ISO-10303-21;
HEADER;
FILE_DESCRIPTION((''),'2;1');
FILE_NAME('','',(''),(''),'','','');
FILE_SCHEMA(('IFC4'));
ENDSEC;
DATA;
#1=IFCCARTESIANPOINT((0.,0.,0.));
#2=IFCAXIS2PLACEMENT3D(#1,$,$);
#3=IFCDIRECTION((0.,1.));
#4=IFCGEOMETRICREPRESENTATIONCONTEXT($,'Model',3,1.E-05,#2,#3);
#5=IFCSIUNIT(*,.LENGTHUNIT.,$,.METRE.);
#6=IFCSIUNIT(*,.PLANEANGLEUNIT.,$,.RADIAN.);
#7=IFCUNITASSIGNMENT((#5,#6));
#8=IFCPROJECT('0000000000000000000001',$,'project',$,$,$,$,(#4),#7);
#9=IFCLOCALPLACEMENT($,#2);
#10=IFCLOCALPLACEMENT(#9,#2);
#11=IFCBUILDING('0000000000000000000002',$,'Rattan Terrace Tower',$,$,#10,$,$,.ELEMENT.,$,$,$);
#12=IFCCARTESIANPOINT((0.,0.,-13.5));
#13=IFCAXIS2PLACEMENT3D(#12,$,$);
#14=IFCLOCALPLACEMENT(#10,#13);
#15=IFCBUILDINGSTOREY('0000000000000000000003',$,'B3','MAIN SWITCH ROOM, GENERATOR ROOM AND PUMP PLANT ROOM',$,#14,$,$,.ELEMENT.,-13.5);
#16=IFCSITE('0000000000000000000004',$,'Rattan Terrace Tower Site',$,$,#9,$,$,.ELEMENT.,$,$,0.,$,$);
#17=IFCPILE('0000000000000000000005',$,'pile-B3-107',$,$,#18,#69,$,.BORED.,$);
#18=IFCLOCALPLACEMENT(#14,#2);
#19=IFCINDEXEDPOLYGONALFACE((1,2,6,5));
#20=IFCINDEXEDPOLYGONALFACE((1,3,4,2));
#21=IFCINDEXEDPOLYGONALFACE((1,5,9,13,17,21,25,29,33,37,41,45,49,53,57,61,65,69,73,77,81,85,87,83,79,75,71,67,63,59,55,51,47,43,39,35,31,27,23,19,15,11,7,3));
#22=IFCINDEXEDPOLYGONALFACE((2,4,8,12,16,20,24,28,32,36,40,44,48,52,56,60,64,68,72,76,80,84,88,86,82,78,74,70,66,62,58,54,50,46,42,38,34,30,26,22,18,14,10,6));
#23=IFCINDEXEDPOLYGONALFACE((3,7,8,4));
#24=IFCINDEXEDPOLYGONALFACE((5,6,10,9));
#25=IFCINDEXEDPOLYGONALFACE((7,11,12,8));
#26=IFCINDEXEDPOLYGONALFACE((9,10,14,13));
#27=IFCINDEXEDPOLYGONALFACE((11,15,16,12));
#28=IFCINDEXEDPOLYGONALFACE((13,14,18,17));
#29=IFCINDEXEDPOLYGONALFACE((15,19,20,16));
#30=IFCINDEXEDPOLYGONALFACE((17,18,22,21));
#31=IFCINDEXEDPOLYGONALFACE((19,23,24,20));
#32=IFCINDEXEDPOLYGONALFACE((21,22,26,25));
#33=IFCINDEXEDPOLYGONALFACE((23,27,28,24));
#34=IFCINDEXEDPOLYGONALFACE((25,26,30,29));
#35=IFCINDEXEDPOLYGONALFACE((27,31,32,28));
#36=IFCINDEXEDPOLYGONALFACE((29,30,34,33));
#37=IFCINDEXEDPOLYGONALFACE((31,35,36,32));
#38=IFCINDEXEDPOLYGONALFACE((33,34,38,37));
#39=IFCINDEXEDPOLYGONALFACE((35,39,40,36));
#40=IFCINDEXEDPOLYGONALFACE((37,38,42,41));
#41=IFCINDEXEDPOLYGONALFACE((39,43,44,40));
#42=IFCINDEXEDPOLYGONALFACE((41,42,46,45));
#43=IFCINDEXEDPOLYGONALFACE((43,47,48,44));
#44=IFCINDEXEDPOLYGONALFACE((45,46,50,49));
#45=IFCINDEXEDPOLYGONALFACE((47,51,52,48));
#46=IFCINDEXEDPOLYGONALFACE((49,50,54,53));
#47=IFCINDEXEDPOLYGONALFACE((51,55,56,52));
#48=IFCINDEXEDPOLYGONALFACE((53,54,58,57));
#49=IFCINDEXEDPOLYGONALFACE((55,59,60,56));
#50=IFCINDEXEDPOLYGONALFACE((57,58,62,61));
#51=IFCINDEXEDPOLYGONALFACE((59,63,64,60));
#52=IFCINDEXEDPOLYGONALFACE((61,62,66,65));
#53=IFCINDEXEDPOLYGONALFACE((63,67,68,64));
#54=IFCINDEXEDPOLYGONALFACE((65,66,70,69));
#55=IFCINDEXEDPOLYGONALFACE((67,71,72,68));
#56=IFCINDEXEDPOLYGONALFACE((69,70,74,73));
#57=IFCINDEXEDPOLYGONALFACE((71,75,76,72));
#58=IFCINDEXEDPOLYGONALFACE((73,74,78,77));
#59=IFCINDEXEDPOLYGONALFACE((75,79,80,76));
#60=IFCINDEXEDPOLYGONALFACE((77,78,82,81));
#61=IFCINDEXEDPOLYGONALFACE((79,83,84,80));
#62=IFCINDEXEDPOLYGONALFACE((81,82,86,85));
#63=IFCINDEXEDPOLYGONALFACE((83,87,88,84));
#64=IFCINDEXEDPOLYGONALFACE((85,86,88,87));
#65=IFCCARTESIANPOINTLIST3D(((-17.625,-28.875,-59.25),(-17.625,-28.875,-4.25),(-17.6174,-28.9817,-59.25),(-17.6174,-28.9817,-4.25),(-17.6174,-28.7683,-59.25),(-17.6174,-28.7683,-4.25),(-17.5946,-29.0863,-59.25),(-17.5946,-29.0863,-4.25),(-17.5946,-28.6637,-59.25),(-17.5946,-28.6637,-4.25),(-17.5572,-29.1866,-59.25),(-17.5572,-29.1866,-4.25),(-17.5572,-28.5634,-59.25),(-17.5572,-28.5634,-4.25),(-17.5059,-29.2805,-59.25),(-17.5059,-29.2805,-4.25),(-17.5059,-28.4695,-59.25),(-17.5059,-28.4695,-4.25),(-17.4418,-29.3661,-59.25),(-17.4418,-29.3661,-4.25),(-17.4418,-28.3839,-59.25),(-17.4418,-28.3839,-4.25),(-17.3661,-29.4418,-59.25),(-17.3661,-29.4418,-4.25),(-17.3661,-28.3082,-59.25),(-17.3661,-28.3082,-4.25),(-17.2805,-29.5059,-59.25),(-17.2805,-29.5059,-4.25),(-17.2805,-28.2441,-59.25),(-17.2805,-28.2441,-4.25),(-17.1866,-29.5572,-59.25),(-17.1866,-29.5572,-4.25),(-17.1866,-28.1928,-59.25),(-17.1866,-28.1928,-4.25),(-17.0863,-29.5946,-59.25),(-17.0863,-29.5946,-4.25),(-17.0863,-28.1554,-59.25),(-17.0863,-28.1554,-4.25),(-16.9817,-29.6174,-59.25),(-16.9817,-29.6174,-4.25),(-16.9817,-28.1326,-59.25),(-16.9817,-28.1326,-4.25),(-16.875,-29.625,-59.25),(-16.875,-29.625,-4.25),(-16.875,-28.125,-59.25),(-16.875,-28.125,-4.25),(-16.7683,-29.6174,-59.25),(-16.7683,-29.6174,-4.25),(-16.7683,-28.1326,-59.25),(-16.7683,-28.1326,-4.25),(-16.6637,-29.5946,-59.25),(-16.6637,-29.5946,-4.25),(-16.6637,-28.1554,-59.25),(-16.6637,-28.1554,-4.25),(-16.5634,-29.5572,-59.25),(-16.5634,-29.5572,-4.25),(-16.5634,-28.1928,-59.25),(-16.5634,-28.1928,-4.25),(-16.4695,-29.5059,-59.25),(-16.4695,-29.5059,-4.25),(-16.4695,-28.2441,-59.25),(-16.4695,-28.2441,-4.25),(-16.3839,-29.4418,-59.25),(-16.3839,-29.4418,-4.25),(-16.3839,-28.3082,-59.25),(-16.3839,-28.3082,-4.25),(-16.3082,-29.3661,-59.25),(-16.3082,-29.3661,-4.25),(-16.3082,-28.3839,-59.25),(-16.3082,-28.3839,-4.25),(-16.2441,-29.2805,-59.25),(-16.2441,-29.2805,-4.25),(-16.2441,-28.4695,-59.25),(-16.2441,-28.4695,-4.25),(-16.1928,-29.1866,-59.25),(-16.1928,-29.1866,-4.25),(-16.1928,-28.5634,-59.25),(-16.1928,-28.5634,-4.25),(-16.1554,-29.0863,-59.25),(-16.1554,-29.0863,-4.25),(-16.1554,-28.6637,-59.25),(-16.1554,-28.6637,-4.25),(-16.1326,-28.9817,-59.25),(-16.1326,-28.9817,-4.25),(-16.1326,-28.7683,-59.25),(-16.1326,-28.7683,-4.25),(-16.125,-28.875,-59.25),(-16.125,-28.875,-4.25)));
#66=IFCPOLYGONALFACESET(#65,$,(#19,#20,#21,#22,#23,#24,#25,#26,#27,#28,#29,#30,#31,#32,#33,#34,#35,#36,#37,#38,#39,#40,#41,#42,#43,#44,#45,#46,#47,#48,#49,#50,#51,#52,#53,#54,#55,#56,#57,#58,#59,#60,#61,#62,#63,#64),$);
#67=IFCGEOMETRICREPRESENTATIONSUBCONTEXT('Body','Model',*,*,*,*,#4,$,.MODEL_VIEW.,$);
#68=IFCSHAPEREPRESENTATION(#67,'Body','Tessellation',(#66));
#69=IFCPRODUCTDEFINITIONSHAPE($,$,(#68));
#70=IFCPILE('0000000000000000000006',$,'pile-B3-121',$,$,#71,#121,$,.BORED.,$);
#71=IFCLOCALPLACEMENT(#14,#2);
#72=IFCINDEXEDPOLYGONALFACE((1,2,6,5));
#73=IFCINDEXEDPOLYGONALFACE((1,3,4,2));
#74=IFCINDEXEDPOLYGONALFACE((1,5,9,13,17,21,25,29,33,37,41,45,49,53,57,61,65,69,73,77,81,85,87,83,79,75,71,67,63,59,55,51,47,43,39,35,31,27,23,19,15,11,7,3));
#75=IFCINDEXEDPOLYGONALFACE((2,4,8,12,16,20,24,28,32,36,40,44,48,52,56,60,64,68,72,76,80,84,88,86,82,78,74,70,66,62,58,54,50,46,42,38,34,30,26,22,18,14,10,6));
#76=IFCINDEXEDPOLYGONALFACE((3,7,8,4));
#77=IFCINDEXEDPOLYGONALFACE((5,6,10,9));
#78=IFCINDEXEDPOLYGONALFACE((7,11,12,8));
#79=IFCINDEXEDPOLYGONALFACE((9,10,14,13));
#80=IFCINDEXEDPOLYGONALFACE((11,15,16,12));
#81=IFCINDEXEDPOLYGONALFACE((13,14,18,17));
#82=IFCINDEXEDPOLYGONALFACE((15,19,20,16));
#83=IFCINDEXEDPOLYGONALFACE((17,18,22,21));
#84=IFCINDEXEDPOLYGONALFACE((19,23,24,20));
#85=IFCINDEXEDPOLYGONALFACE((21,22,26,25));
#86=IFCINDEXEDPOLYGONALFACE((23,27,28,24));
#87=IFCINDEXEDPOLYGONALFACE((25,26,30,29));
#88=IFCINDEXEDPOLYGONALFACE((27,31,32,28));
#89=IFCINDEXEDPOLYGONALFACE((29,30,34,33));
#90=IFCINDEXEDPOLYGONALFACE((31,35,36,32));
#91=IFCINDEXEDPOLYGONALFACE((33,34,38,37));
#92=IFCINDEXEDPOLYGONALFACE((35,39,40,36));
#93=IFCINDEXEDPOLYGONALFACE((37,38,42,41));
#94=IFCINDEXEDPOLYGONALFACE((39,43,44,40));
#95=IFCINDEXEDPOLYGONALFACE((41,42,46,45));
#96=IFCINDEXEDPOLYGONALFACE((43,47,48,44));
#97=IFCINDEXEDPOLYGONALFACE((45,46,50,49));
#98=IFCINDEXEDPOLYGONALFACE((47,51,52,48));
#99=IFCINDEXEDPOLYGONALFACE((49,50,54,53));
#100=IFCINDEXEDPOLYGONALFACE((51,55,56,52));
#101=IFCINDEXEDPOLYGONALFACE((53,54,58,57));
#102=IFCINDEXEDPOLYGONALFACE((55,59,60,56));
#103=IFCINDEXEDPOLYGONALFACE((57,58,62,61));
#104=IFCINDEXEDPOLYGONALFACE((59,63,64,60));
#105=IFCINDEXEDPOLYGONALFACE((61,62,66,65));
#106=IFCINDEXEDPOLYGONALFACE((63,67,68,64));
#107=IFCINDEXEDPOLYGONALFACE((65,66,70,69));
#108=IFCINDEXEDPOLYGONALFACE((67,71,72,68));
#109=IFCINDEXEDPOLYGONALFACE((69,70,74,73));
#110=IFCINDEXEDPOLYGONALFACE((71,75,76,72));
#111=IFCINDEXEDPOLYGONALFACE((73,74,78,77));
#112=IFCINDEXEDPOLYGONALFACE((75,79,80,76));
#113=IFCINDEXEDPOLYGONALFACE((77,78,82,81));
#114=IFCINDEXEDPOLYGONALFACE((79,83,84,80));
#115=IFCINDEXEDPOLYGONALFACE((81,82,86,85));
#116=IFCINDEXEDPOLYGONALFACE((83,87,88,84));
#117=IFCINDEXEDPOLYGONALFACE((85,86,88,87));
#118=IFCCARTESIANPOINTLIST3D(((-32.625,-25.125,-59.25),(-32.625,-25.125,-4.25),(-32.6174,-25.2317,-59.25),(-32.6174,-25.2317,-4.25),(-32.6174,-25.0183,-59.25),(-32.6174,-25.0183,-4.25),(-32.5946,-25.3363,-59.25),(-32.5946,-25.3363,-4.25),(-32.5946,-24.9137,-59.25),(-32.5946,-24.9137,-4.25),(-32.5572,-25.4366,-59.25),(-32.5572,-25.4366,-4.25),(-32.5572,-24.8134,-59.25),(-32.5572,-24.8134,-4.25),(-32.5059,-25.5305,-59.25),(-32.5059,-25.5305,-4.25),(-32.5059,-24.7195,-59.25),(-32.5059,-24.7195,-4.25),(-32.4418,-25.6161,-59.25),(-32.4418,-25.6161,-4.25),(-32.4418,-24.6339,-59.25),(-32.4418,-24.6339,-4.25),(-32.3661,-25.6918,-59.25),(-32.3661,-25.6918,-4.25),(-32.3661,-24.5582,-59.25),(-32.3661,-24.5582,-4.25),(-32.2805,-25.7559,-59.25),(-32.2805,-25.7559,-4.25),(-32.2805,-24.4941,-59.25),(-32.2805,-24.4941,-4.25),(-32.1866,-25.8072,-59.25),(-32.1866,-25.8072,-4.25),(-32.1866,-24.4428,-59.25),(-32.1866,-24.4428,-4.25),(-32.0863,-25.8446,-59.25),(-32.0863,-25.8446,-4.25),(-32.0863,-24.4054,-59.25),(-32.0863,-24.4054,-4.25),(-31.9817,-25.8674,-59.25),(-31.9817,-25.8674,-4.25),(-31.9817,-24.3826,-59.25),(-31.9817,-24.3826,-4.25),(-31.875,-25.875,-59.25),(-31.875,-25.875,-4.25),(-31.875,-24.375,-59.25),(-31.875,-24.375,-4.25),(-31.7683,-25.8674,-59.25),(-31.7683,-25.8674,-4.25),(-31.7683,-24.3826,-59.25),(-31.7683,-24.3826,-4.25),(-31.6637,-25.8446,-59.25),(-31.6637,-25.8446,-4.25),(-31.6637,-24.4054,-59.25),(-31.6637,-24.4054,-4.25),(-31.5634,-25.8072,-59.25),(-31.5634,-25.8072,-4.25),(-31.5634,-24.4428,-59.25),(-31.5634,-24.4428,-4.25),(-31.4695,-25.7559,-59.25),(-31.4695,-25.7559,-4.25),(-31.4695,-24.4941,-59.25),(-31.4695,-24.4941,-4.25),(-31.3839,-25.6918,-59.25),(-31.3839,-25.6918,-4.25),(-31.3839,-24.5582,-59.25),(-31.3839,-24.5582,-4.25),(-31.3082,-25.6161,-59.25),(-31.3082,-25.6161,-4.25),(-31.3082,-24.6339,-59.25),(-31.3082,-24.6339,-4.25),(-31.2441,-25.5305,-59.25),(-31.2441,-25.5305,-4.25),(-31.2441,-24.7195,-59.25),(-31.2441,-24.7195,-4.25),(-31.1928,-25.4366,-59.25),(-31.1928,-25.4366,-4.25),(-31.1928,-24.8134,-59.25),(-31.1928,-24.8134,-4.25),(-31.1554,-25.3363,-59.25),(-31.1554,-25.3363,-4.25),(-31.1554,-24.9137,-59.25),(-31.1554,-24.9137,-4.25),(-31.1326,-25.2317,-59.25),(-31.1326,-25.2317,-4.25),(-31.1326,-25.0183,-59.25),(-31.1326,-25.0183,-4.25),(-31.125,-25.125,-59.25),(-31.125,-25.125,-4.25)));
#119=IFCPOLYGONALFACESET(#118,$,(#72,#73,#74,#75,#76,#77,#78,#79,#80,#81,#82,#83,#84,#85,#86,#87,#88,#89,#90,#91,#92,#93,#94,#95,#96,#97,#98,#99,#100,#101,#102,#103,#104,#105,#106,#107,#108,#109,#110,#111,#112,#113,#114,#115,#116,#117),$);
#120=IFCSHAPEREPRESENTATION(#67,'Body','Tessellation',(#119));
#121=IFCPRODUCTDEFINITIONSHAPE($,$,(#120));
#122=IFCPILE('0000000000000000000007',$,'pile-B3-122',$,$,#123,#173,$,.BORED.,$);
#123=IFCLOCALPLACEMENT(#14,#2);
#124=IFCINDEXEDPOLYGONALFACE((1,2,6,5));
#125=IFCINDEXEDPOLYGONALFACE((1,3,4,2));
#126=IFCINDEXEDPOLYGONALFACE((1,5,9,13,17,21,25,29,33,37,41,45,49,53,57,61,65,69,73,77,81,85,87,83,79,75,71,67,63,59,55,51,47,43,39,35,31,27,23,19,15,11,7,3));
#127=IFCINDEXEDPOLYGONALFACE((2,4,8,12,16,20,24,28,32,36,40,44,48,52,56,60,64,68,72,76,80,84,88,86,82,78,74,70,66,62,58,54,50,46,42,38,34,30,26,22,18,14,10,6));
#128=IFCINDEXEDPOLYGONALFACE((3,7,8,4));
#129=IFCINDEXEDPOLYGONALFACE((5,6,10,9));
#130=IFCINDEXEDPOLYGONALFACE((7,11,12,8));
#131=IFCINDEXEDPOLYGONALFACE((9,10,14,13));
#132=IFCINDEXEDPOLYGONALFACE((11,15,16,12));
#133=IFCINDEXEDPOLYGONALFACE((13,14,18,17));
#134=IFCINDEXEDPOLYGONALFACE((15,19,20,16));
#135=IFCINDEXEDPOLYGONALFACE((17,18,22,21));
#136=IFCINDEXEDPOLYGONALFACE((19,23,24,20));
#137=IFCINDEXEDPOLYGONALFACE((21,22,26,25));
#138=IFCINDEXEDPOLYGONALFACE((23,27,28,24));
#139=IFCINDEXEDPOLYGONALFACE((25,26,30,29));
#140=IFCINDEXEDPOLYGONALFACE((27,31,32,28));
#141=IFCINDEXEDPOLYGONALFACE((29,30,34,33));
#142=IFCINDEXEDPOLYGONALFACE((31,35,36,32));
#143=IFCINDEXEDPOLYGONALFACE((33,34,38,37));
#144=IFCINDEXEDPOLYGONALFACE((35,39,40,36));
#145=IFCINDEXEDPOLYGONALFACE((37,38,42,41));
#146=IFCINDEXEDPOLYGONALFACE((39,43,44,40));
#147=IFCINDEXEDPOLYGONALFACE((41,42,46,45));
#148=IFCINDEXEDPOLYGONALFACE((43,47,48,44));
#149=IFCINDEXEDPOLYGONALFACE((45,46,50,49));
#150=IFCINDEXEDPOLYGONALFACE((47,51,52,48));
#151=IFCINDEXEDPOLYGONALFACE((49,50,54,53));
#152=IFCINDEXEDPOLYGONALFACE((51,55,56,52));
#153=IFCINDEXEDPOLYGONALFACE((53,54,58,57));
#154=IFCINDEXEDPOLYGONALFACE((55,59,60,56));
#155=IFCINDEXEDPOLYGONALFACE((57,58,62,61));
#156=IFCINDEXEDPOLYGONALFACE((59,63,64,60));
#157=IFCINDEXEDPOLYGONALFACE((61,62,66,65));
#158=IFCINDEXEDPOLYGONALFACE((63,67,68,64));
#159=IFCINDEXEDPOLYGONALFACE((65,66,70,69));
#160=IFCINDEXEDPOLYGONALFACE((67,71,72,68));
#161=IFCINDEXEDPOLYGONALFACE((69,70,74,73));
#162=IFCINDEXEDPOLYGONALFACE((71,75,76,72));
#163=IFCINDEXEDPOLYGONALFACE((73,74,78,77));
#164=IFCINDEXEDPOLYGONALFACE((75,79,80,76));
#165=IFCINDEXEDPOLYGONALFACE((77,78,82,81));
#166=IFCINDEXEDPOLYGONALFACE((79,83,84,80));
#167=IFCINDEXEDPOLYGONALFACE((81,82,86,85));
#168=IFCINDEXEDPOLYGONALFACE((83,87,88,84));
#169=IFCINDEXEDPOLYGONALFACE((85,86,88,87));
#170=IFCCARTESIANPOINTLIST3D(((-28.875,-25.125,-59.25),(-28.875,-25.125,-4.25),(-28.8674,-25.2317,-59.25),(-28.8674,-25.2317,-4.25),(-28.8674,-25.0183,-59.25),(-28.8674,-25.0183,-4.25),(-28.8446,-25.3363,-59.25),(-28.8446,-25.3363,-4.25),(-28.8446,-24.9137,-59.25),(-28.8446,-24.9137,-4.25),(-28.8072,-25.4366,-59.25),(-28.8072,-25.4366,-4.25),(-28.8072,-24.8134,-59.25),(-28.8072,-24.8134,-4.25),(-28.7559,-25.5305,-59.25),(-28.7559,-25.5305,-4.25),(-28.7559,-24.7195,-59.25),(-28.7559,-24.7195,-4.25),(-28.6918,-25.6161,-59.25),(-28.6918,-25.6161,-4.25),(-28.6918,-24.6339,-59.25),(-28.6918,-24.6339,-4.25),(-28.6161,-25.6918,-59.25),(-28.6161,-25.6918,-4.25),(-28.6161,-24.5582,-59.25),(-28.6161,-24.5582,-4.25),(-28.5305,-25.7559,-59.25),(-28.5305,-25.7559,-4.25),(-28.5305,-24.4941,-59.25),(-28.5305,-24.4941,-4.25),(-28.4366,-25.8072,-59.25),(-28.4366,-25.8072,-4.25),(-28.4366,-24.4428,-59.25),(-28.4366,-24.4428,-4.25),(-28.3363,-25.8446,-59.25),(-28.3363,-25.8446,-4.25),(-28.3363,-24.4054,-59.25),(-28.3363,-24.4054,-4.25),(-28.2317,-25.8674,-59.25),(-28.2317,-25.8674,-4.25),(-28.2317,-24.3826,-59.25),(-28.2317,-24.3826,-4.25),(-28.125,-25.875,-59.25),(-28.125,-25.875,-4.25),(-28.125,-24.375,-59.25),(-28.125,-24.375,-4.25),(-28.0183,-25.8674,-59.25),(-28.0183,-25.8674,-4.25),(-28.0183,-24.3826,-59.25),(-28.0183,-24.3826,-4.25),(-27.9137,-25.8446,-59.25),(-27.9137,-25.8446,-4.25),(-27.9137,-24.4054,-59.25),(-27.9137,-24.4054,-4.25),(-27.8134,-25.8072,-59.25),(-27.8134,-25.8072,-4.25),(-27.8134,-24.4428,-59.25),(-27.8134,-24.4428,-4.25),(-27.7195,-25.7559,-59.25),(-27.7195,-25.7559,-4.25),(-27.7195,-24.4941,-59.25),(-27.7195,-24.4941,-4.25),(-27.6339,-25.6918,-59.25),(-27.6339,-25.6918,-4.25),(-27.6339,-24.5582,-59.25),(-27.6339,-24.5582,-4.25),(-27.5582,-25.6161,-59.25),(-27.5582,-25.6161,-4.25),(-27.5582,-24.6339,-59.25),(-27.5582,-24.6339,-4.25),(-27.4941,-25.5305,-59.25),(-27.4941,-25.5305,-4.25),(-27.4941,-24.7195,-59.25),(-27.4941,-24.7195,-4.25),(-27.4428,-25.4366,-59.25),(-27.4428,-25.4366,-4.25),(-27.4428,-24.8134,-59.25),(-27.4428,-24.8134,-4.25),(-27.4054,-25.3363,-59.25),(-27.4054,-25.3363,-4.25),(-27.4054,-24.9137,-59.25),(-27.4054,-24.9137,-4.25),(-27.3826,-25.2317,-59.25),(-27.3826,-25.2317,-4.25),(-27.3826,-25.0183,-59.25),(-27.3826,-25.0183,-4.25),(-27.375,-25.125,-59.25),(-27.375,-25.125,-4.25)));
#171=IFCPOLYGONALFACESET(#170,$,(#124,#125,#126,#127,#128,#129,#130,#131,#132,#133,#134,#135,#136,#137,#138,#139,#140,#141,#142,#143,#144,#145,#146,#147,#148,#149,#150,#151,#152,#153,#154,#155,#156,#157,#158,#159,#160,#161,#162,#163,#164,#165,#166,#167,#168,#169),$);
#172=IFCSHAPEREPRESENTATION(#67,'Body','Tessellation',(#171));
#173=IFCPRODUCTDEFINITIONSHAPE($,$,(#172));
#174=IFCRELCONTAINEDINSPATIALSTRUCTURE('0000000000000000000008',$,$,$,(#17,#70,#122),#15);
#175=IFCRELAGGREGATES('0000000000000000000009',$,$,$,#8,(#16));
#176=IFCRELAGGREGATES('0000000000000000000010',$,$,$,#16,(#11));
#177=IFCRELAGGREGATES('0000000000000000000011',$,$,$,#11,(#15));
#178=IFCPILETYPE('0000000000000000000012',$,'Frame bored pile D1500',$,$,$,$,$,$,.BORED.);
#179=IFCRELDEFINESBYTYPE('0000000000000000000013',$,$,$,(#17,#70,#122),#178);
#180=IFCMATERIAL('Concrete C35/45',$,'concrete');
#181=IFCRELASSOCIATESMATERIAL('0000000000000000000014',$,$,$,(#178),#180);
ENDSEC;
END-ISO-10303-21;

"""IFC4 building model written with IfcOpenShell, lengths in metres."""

from ifc_helpers import new_model, si_unit, direction, frame, origin, origin_2d, place, context, subcontext, project, spatial, circle, extrude, material, material_profile, profile_set, type_object, element, save


model = new_model("IFC4")

# Units and contexts
model_context = context("Model", 3, precision=1e-05, world=origin(), true_north=direction((0.0, 1.0)))
body_context = subcontext(model_context, "Body", "Model", "MODEL_VIEW")
ifc_project = project(units=[si_unit("LENGTHUNIT", "METRE"), si_unit("PLANEANGLEUNIT", "RADIAN")], contexts=[model_context])

# Site, building, storey
site_placement = place(None, origin())
site = spatial("IfcSite", under=ifc_project, at=site_placement, Name="Rattan Terrace Tower Site", CompositionType="ELEMENT", RefElevation=0.0)
building_placement = place(site_placement, origin())
building = spatial("IfcBuilding", under=site, at=building_placement, Name="Rattan Terrace Tower", CompositionType="ELEMENT")
storey_placement = place(building_placement, frame((0.0, 0.0, -13.5)))
storey = spatial("IfcBuildingStorey", under=building, at=storey_placement, Name="B3", Description="MAIN SWITCH ROOM, GENERATOR ROOM AND PUMP PLANT ROOM", CompositionType="ELEMENT", Elevation=-13.5)

# Piles
ifc_material_1 = material(Name="Concrete C35/45", Category="concrete")
ifc_material_profile_1 = material_profile(ifc_material_1, circle(Radius=0.75, at=origin_2d()), Name="PILE D1500")
ifc_profile_set_1 = profile_set([ifc_material_profile_1], Name="Concrete C35/45")
pile_type = type_object("IfcPileType", Name="Frame bored pile D1500", PredefinedType="BORED", material=ifc_profile_set_1)
for number, where, z_axis, x_axis, name in (
    (1, (-16.875, -28.875, -4.25), (0.0, 0.0, -1.0), (1.0, 0.0, 0.0), "pile-B3-107"),
    (2, (-31.875, -25.125, -4.25), (0.0, 0.0, -1.0), (1.0, 0.0, 0.0), "pile-B3-121"),
    (3, (-28.125, -25.125, -4.25), (0.0, 0.0, -1.0), (1.0, 0.0, 0.0), "pile-B3-122"),
):
    element("IfcPile", number, at=place(storey_placement, frame(where, z_axis=z_axis, x_axis=x_axis)), inside=storey, type_object=pile_type, Name=name, PredefinedType="BORED", context=body_context, shape_type="SweptSolid", body=[
        extrude(circle(Radius=0.75, at=origin_2d()), origin(), (0.0, 0.0, 1.0), 55.0),
    ])

save(model, "model.ifc")
